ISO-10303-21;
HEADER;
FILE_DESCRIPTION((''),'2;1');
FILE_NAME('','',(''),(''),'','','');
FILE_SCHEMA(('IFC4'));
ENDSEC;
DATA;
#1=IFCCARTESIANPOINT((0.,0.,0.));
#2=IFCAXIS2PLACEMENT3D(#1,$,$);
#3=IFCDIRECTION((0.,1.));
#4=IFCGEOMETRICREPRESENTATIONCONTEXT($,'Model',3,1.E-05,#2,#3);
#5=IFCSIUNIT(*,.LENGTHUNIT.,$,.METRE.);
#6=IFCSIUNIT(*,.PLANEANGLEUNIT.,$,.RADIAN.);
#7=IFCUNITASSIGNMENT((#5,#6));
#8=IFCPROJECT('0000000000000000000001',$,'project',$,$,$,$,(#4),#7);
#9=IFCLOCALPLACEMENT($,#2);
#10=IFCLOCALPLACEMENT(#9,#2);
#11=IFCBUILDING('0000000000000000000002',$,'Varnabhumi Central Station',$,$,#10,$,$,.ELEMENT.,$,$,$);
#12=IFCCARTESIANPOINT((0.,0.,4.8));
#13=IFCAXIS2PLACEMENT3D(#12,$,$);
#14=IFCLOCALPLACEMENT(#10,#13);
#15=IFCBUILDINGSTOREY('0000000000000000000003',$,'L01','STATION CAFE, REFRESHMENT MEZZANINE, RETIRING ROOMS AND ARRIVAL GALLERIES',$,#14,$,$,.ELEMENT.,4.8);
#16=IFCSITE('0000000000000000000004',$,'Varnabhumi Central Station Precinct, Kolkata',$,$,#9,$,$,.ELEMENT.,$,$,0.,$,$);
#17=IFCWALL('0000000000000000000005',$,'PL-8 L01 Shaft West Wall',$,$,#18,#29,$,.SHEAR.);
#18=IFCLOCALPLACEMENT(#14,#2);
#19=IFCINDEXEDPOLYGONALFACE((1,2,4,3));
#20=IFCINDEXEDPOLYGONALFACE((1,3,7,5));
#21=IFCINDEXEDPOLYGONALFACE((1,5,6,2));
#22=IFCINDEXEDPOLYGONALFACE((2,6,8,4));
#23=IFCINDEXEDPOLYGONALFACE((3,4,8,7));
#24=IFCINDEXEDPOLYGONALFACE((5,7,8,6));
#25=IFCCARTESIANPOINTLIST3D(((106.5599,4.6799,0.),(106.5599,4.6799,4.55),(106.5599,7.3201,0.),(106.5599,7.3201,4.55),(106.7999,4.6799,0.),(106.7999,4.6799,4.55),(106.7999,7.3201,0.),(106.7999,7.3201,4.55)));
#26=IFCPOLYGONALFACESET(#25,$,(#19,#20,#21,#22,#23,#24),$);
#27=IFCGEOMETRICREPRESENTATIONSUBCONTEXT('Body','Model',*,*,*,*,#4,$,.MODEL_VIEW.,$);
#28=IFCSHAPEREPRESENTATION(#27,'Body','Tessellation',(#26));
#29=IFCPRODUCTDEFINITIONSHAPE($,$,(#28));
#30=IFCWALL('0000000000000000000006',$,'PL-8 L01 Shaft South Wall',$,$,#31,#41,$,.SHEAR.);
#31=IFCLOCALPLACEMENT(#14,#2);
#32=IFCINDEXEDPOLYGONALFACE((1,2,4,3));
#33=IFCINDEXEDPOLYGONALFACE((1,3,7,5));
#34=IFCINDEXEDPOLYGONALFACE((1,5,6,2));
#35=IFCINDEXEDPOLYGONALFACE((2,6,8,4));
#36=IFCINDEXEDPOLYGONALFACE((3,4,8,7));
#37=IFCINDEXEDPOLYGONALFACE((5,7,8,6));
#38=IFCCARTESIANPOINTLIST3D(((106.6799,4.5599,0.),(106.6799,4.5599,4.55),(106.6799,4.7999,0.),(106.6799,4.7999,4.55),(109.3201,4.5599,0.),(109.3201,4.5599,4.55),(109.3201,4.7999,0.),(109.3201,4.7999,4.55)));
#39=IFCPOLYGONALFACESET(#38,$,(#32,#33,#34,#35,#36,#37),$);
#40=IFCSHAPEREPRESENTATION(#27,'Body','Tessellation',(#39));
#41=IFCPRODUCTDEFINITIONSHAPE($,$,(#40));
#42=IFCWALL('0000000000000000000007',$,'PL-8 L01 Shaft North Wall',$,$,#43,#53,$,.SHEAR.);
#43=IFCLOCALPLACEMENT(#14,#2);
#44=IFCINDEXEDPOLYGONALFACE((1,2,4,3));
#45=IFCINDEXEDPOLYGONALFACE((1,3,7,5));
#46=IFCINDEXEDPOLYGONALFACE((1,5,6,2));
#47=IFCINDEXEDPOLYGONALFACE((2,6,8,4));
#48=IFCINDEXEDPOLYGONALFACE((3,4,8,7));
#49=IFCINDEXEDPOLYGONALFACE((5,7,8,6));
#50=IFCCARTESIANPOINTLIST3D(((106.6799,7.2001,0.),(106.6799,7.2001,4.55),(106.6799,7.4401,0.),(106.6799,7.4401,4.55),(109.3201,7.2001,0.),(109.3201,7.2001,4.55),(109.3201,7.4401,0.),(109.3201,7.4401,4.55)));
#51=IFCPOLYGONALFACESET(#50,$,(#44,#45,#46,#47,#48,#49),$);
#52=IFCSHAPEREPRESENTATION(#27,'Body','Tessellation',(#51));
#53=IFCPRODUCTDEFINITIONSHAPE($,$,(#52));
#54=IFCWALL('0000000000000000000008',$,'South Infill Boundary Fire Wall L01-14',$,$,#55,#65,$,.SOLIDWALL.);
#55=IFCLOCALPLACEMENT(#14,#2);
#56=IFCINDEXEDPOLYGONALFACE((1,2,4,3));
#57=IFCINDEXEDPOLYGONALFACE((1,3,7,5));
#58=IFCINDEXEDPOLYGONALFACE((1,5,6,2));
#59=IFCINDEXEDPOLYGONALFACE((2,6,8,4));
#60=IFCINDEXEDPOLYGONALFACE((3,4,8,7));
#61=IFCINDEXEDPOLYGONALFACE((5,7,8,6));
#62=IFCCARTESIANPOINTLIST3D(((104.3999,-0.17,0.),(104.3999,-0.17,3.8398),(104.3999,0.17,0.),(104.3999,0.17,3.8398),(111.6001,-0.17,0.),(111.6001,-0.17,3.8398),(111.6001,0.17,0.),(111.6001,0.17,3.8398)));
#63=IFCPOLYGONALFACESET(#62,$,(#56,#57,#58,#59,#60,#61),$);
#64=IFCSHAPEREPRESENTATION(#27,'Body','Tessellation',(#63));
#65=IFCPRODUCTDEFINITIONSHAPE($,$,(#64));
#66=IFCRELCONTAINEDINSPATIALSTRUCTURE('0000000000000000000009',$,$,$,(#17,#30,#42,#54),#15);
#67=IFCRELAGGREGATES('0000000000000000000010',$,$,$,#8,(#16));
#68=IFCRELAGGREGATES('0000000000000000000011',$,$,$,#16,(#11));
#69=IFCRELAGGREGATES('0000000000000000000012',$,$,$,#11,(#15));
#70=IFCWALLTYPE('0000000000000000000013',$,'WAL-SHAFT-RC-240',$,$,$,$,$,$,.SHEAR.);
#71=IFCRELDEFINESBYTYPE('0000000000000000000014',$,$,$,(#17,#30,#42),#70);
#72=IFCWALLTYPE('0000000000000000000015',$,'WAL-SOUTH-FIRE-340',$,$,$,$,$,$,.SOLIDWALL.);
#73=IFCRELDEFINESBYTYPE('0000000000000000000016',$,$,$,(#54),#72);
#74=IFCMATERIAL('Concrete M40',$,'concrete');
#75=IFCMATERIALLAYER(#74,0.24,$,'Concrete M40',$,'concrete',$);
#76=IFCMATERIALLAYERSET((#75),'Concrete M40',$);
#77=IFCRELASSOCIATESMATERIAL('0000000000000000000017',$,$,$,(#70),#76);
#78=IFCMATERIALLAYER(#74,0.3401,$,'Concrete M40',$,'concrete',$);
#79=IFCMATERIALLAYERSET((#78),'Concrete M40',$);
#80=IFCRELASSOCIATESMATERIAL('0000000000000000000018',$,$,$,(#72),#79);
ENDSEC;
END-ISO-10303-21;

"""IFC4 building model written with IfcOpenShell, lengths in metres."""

from ifc_helpers import new_model, si_unit, direction, frame, frame_2d, origin, place, context, subcontext, project, spatial, rectangle, extrude, material, layer, layer_set, type_object, element, save


model = new_model("IFC4")

# Units and contexts
model_context = context("Model", 3, precision=1e-05, world=origin(), true_north=direction((0.0, 1.0)))
body_context = subcontext(model_context, "Body", "Model", "MODEL_VIEW")
ifc_project = project(units=[si_unit("LENGTHUNIT", "METRE"), si_unit("PLANEANGLEUNIT", "RADIAN")], contexts=[model_context])

# Site, building, storey
site_placement = place(None, origin())
site = spatial("IfcSite", under=ifc_project, at=site_placement, Name="Varnabhumi Central Station Precinct, Kolkata", CompositionType="ELEMENT", RefElevation=0.0)
building_placement = place(site_placement, origin())
building = spatial("IfcBuilding", under=site, at=building_placement, Name="Varnabhumi Central Station", CompositionType="ELEMENT")
storey_placement = place(building_placement, frame((0.0, 0.0, 4.8)))
storey = spatial("IfcBuildingStorey", under=building, at=storey_placement, Name="L01", Description="STATION CAFE, REFRESHMENT MEZZANINE, RETIRING ROOMS AND ARRIVAL GALLERIES", CompositionType="ELEMENT", Elevation=4.8)

# Shared definitions
ifc_material_1 = material(Name="Concrete M40", Category="concrete")

# Walls
ifc_layer_1 = layer(ifc_material_1, 0.24, Name="Concrete M40", Category="concrete")
ifc_layer_set_1 = layer_set([ifc_layer_1], Name="Concrete M40")
wall_type_1 = type_object("IfcWallType", Name="WAL-SHAFT-RC-240", PredefinedType="SHEAR", material=ifc_layer_set_1)
for number, where, z_axis, x_axis, name in (
    (1, (106.6799, 4.6799, 0.0), (0.0, 0.0, 1.0), (0.0, 1.0, 0.0), "PL-8 L01 Shaft West Wall"),
    (2, (106.6799, 4.6799, 0.0), (0.0, 0.0, 1.0), (1.0, 0.0, 0.0), "PL-8 L01 Shaft South Wall"),
    (3, (106.6799, 7.3201, 0.0), (0.0, 0.0, 1.0), (1.0, 0.0, 0.0), "PL-8 L01 Shaft North Wall"),
):
    element("IfcWall", number, at=place(storey_placement, frame(where, z_axis=z_axis, x_axis=x_axis)), inside=storey, type_object=wall_type_1, Name=name, PredefinedType="SHEAR", context=body_context, shape_type="SweptSolid", body=[
        extrude(rectangle(XDim=2.6401, YDim=0.24, at=frame_2d((1.3201, 0.0))), origin(), (0.0, 0.0, 1.0), 4.55),
    ])

# Wall
ifc_layer_2 = layer(ifc_material_1, 0.3401, Name="Concrete M40", Category="concrete")
ifc_layer_set_2 = layer_set([ifc_layer_2], Name="Concrete M40")
wall_type_2 = type_object("IfcWallType", Name="WAL-SOUTH-FIRE-340", PredefinedType="SOLIDWALL", material=ifc_layer_set_2)
wall_1_placement = place(storey_placement, frame((104.3999, 0.0, 0.0), z_axis=(0.0, 0.0, 1.0), x_axis=(1.0, 0.0, 0.0)))
element("IfcWall", 4, at=wall_1_placement, inside=storey, type_object=wall_type_2, Name="South Infill Boundary Fire Wall L01-14", PredefinedType="SOLIDWALL", context=body_context, shape_type="SweptSolid", body=[
    extrude(rectangle(XDim=7.2002, YDim=0.3401, at=frame_2d((3.6001, 0.0))), origin(), (0.0, 0.0, 1.0), 3.8398),
])

save(model, "model.ifc")
